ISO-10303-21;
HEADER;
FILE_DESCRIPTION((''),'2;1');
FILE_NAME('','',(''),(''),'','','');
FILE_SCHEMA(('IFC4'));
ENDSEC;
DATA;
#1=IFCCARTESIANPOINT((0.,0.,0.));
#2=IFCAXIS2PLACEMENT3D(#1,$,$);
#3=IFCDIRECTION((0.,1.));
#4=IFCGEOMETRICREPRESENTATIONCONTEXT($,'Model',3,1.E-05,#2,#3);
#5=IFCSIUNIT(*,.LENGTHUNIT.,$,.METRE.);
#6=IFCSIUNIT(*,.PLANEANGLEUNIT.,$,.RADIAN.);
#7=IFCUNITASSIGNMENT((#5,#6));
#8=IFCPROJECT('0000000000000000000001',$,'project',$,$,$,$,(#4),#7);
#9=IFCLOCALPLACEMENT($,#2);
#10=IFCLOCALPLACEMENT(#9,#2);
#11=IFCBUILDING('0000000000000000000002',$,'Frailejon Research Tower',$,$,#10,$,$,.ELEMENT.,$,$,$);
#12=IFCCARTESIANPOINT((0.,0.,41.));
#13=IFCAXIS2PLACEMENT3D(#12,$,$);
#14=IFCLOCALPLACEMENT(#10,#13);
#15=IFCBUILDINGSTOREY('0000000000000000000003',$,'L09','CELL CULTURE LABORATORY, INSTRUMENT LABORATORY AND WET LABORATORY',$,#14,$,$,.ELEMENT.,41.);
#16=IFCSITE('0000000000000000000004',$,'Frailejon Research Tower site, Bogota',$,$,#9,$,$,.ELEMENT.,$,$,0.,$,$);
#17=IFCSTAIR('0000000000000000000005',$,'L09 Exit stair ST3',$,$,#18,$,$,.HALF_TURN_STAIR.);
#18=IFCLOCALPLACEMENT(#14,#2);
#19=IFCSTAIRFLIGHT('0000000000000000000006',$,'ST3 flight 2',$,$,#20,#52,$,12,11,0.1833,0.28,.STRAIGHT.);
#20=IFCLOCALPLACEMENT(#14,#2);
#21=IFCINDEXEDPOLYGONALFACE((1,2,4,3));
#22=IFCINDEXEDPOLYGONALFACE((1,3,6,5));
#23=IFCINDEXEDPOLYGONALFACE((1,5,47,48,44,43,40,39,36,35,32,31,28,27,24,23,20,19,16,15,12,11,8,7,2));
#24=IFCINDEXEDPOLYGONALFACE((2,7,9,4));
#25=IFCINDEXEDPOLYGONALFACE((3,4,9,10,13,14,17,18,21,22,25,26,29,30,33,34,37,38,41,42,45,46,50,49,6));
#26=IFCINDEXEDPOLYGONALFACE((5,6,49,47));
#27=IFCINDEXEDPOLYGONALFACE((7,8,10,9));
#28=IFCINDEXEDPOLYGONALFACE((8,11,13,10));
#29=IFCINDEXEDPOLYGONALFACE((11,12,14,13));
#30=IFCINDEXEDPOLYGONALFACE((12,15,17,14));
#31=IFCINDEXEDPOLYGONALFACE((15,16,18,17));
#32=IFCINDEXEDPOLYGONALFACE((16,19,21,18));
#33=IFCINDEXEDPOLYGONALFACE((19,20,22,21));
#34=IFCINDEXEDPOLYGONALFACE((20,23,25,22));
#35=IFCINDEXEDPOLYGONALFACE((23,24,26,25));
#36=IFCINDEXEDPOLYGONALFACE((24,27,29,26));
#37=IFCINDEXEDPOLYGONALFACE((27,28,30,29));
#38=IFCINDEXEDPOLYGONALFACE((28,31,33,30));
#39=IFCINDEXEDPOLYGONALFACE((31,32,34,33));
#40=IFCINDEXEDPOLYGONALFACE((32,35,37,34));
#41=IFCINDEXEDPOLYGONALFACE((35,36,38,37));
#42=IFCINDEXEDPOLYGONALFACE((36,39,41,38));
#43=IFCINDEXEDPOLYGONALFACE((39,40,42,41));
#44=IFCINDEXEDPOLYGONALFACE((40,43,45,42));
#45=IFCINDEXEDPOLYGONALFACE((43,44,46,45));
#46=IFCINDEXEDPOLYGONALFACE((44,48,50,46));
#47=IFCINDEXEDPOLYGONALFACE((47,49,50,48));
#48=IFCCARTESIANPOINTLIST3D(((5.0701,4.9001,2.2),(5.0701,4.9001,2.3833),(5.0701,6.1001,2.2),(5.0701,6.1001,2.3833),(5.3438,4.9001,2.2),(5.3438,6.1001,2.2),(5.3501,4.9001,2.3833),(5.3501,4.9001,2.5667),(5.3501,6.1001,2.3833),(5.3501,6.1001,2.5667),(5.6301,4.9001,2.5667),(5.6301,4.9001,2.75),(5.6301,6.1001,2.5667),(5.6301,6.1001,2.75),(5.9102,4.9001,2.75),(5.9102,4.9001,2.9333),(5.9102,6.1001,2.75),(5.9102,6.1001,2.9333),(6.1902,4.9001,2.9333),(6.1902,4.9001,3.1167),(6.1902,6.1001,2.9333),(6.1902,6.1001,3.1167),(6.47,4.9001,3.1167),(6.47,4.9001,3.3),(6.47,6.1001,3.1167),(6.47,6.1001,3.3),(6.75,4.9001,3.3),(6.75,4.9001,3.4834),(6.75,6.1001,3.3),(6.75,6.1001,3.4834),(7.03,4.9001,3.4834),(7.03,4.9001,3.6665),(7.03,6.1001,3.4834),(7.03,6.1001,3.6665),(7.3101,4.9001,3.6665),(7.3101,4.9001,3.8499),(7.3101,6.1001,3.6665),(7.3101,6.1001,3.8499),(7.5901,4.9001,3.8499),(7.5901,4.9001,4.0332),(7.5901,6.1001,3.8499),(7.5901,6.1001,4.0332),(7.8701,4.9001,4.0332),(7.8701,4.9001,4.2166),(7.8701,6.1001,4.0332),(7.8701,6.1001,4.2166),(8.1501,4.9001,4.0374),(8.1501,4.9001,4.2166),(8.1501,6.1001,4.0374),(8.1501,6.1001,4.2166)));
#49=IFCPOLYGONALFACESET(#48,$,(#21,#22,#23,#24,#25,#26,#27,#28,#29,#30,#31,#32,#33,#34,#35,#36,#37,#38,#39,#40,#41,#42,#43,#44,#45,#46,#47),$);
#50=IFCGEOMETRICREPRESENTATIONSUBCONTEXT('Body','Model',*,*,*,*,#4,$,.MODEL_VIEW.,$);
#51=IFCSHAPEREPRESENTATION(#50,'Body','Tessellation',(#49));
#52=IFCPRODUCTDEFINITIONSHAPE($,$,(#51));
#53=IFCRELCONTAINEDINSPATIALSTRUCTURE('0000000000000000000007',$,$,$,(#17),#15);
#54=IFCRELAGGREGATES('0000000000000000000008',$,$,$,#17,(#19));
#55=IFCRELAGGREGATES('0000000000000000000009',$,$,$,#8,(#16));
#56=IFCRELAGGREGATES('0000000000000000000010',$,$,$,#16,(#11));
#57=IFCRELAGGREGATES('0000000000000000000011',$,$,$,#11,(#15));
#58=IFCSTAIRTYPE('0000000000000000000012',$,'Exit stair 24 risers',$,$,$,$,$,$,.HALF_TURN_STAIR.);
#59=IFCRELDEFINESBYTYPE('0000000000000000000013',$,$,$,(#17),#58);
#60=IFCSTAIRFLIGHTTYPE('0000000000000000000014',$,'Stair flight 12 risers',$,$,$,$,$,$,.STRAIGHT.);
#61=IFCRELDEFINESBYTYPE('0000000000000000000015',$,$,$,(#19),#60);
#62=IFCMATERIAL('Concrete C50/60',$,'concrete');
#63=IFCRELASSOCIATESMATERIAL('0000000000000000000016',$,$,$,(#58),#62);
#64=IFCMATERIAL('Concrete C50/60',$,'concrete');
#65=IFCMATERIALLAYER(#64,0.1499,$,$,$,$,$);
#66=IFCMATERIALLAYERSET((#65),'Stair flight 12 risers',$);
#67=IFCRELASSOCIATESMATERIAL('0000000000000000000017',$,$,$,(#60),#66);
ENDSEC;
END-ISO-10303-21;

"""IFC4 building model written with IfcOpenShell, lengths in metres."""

from ifc_helpers import new_model, si_unit, direction, frame, origin, place, context, subcontext, project, spatial, polyline, outline, extrude, material, layer, layer_set, type_object, element, aggregate, save


model = new_model("IFC4")

# Units and contexts
model_context = context("Model", 3, precision=1e-05, world=origin(), true_north=direction((0.0, 1.0)))
body_context = subcontext(model_context, "Body", "Model", "MODEL_VIEW")
ifc_project = project(units=[si_unit("LENGTHUNIT", "METRE"), si_unit("PLANEANGLEUNIT", "RADIAN")], contexts=[model_context])

# Site, building, storey
site_placement = place(None, origin())
site = spatial("IfcSite", under=ifc_project, at=site_placement, Name="Frailejon Research Tower site, Bogota", CompositionType="ELEMENT", RefElevation=0.0)
building_placement = place(site_placement, origin())
building = spatial("IfcBuilding", under=site, at=building_placement, Name="Frailejon Research Tower", CompositionType="ELEMENT")
storey_placement = place(building_placement, frame((0.0, 0.0, 41.0)))
storey = spatial("IfcBuildingStorey", under=building, at=storey_placement, Name="L09", Description="CELL CULTURE LABORATORY, INSTRUMENT LABORATORY AND WET LABORATORY", CompositionType="ELEMENT", Elevation=41.0)

# Stair, stair flight
ifc_material_1 = material(Name="Concrete C50/60", Category="concrete")
stair_type = type_object("IfcStairType", Name="Exit stair 24 risers", PredefinedType="HALF_TURN_STAIR", material=ifc_material_1)
stair_placement = place(storey_placement, origin())
stair = element("IfcStair", 1, at=stair_placement, inside=storey, type_object=stair_type, Name="L09 Exit stair ST3", PredefinedType="HALF_TURN_STAIR")
ifc_material_2 = material(Name="Concrete C50/60", Category="concrete")
ifc_layer_1 = layer(ifc_material_2, 0.1499)
ifc_layer_set_1 = layer_set([ifc_layer_1], Name="Stair flight 12 risers")
stair_flight_type = type_object("IfcStairFlightType", Name="Stair flight 12 risers", PredefinedType="STRAIGHT", material=ifc_layer_set_1)
stair_flight_1_placement = place(storey_placement, frame((5.0701, 5.5, 2.2), z_axis=(0.0, 0.0, 1.0), x_axis=(1.0, 0.0, 0.0)))
stair_flight_1 = element("IfcStairFlight", 2, at=stair_flight_1_placement, type_object=stair_flight_type, Name="ST3 flight 2", NumberOfRisers=12, NumberOfTreads=11, PredefinedType="STRAIGHT", RiserHeight=0.1833, TreadLength=0.28, context=body_context, shape_type="SweptSolid", body=[
    extrude(outline(polyline([(0.0, 0.0), (0.0, 0.1833), (0.28, 0.1833), (0.28, 0.3667), (0.5601, 0.3667), (0.5601, 0.55), (0.8401, 0.55), (0.8401, 0.7334), (1.1201, 0.7334), (1.1201, 0.9167), (1.3999, 0.9167), (1.3999, 1.1001), (1.6799, 1.1001), (1.6799, 1.2834), (1.96, 1.2834), (1.96, 1.4666), (2.24, 1.4666), (2.24, 1.6499), (2.52, 1.6499), (2.52, 1.8333), (2.8, 1.8333), (2.8, 2.0166), (3.0801, 2.0166), (3.0801, 2.2), (3.0801, 1.8374), (0.2737, 0.0), (0.0, 0.0)])), frame((0.0, 0.6001, 0.0), z_axis=(0.0, -1.0, 0.0), x_axis=(1.0, 0.0, 0.0)), (0.0, 0.0, 1.0), 1.2),
])
aggregate(stair, [stair_flight_1])

save(model, "model.ifc")
